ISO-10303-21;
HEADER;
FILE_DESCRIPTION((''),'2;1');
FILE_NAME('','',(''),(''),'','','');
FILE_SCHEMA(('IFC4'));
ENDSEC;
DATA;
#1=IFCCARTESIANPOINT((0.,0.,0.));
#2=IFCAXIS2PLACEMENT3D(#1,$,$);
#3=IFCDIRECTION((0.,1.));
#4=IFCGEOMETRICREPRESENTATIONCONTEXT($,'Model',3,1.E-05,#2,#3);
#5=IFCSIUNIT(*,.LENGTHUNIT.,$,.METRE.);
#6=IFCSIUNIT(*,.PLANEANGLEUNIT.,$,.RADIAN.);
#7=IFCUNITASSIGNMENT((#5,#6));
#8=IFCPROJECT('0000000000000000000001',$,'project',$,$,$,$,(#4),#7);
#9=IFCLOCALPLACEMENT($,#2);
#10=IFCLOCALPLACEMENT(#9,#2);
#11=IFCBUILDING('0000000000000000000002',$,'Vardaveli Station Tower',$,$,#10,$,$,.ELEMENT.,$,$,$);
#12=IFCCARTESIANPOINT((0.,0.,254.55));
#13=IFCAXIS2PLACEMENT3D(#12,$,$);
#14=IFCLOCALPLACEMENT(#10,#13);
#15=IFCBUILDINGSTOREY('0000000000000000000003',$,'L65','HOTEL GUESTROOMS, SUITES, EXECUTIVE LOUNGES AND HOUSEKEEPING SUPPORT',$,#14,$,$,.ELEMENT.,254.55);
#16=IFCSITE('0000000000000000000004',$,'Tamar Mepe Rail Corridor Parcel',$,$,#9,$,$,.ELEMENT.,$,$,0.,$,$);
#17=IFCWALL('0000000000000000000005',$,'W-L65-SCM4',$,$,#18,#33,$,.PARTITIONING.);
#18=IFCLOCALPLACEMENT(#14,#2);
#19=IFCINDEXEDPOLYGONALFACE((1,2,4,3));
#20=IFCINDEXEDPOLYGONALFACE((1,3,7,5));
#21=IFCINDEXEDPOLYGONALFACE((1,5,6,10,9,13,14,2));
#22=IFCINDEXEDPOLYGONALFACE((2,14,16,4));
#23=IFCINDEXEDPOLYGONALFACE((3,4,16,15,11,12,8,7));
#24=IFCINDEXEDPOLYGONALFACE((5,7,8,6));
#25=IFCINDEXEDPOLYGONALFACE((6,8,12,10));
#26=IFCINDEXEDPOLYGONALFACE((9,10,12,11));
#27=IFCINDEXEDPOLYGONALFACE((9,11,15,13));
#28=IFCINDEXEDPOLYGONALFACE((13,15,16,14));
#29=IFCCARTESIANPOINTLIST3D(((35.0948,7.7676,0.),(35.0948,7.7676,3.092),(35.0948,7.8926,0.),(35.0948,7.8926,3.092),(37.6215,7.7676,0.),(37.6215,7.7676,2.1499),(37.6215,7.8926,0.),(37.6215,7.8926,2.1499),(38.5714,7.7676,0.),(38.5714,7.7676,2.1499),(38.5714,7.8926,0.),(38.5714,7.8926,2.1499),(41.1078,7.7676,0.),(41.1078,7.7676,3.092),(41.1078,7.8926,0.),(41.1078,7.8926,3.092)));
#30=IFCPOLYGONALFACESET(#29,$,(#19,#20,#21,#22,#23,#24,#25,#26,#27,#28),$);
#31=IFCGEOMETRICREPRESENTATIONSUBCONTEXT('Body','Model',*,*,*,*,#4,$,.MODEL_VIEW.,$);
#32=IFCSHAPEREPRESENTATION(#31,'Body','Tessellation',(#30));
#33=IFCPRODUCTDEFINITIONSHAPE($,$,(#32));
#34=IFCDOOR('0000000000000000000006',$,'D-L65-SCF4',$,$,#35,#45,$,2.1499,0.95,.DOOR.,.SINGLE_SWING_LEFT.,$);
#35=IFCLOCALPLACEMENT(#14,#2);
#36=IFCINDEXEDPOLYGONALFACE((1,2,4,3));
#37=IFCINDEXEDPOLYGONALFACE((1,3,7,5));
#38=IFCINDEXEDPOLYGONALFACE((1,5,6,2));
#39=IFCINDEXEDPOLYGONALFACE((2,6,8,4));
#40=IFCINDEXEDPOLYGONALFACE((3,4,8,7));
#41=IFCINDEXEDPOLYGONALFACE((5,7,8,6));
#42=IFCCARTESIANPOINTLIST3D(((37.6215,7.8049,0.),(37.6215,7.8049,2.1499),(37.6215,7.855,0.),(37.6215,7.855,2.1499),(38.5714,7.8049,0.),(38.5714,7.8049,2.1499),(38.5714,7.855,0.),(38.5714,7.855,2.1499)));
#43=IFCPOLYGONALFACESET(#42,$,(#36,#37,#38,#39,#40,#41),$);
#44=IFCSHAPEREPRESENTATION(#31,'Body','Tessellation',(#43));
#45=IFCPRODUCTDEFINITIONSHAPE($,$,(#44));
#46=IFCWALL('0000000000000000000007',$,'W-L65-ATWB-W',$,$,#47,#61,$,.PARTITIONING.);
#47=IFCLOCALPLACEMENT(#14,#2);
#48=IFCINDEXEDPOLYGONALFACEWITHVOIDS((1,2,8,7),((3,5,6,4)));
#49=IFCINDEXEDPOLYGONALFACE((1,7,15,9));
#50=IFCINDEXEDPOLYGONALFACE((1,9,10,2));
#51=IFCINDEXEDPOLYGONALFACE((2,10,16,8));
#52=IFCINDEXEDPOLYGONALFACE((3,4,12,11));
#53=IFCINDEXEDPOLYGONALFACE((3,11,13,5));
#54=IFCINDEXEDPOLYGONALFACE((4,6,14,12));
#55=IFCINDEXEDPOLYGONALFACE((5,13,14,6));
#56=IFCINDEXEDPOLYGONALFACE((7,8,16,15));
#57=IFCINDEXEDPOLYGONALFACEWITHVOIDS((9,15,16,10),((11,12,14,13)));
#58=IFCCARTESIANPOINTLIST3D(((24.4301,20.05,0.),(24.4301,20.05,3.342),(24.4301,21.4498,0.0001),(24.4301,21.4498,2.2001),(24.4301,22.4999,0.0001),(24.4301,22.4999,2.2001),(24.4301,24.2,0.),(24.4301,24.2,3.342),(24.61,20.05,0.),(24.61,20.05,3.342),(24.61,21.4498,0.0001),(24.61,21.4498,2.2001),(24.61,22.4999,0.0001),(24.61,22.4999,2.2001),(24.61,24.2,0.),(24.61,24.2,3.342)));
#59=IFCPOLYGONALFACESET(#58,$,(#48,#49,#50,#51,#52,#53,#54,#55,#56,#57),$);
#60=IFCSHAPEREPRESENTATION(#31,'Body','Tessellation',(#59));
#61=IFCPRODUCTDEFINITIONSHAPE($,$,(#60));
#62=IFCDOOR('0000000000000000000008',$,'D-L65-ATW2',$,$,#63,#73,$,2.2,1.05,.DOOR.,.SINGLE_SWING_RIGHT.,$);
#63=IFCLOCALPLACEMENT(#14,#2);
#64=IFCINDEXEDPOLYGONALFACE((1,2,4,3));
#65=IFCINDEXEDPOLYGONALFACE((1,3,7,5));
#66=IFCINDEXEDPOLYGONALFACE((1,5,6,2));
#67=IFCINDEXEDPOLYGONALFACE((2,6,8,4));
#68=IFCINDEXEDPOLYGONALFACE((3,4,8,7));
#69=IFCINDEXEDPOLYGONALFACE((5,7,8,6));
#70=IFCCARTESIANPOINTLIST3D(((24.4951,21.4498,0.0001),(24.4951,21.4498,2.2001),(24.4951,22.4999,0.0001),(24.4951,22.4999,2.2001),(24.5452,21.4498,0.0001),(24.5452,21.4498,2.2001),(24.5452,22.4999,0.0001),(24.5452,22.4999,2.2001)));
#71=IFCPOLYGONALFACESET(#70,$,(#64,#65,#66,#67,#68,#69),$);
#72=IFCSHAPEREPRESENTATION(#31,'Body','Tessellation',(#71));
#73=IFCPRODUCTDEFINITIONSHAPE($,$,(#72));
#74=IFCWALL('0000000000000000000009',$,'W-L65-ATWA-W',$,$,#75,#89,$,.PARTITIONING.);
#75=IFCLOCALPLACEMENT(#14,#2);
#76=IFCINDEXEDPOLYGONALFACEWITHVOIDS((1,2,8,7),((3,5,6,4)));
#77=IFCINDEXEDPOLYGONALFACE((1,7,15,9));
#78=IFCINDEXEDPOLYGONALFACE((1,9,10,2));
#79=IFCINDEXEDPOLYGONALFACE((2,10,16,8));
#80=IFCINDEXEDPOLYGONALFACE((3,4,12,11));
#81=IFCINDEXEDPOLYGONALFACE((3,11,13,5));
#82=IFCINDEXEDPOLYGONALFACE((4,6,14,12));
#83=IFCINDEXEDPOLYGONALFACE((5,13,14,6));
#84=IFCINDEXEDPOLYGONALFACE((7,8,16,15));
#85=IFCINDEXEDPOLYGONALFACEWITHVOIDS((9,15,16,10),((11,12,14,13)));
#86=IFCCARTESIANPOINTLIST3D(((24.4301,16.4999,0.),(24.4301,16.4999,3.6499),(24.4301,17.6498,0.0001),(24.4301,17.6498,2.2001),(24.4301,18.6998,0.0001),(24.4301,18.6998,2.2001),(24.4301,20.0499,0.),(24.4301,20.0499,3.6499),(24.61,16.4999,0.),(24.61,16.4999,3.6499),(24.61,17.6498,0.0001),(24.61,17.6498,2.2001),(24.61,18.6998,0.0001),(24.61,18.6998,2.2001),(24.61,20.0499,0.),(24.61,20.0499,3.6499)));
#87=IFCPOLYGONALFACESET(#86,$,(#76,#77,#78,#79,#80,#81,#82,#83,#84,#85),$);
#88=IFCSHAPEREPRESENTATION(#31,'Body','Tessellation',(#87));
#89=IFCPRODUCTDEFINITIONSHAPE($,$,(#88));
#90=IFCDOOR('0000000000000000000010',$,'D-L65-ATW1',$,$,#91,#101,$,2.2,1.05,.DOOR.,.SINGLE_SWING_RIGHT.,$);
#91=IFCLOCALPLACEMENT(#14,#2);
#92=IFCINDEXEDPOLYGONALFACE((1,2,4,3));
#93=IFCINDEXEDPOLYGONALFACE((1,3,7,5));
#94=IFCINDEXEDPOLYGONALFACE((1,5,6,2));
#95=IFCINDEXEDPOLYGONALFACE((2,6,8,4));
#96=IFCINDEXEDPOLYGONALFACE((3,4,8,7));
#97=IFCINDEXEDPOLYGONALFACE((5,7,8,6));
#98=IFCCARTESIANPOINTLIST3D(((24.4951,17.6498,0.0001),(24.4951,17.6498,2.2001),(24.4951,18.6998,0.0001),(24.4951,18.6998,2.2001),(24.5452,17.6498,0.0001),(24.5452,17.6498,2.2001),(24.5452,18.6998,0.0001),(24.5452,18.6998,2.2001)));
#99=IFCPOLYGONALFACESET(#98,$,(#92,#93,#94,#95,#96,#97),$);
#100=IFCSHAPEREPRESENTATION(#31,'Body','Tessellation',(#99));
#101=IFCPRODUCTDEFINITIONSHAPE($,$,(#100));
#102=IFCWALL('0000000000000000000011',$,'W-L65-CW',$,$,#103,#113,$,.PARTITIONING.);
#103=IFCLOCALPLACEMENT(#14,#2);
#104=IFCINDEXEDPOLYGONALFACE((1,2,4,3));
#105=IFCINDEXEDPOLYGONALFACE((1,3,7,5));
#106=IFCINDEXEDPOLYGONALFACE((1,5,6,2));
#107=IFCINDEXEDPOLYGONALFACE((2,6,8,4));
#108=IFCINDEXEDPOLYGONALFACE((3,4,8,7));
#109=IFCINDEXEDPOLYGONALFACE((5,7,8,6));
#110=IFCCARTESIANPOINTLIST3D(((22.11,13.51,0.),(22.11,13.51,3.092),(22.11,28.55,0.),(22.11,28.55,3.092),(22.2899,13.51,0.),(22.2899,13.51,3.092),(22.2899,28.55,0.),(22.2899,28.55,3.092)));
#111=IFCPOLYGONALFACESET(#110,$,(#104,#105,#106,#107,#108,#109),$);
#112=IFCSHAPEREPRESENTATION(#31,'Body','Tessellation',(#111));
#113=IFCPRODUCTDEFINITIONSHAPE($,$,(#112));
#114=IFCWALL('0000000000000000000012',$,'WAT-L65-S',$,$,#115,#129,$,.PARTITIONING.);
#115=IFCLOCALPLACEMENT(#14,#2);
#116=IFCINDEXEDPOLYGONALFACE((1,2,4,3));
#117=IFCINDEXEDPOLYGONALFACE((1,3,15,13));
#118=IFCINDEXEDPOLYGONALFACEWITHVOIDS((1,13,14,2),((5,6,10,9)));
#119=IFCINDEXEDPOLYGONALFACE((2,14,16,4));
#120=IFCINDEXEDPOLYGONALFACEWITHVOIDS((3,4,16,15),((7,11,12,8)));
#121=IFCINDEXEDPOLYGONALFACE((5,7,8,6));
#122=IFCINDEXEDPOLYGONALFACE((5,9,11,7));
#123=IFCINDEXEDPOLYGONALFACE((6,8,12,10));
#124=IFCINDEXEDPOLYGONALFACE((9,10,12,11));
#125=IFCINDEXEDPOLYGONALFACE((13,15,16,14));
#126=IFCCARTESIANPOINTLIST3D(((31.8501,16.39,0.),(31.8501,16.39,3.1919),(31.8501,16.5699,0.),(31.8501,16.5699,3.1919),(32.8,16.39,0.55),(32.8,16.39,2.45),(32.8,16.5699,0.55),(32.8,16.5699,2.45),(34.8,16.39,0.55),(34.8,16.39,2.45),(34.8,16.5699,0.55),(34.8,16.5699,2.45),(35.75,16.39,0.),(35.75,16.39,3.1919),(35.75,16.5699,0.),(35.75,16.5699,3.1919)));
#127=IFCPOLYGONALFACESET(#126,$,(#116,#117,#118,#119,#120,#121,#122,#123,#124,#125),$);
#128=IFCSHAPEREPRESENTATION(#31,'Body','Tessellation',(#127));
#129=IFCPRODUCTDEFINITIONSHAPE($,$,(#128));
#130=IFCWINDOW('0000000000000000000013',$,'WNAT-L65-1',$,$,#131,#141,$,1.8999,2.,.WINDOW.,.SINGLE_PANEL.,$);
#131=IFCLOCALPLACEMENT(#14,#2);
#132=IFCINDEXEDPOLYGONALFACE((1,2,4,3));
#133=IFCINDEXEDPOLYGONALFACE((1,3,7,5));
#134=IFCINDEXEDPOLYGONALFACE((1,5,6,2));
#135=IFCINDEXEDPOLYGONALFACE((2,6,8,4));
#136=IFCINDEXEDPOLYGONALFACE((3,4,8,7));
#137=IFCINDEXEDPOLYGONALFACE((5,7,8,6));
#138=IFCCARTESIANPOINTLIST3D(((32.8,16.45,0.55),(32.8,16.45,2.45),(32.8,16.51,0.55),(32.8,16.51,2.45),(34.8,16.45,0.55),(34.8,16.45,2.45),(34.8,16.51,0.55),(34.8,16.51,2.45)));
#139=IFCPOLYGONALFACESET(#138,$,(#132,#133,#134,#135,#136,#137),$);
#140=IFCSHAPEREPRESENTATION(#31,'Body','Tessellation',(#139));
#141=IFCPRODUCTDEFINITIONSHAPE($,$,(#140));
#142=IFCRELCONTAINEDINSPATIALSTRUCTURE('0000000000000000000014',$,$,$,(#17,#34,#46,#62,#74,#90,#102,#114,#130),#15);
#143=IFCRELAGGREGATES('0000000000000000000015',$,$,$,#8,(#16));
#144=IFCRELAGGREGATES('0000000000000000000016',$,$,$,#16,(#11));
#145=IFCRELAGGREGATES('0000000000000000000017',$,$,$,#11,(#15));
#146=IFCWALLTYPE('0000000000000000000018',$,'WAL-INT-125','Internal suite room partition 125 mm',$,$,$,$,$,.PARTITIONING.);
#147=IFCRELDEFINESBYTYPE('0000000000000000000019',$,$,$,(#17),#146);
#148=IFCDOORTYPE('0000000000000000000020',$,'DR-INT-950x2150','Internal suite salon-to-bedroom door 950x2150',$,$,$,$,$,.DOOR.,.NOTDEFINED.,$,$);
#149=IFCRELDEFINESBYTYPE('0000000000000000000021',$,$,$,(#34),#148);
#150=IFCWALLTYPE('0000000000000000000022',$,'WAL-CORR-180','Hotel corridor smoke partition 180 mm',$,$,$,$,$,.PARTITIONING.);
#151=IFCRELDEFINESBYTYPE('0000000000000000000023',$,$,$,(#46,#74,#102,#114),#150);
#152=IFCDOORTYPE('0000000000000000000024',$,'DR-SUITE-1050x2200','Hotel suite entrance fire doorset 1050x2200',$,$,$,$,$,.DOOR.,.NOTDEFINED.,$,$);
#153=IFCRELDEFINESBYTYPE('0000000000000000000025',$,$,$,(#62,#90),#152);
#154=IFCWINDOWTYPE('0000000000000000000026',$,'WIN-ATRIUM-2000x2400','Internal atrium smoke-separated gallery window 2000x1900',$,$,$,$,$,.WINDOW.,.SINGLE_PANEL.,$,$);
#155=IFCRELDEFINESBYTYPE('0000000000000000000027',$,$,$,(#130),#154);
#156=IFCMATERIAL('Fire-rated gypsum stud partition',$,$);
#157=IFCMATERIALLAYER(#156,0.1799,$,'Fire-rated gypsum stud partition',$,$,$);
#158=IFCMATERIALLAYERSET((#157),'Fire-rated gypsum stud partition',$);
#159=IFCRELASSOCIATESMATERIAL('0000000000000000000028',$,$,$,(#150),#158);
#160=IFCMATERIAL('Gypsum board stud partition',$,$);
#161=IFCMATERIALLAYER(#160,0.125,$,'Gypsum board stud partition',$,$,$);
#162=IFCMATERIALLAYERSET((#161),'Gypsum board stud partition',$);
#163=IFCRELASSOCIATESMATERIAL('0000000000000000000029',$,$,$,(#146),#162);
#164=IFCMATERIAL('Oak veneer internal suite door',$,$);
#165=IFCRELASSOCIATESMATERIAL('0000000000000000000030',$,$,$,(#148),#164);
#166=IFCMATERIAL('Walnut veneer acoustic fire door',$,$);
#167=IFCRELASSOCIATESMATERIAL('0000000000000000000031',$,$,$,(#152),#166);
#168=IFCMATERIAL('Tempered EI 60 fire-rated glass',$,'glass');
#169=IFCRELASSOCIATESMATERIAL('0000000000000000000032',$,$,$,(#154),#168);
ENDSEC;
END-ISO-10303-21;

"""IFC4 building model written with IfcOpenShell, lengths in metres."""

from ifc_helpers import new_model, si_unit, direction, frame, frame_2d, origin, place, context, subcontext, project, spatial, rectangle, extrude, source, transform, mapped, material, layer, layer_set, type_object, element, fill, save


model = new_model("IFC4")

# Units and contexts
model_context = context("Model", 3, precision=1e-05, world=origin(), true_north=direction((0.0, 1.0)))
body_context = subcontext(model_context, "Body", "Model", "MODEL_VIEW")
ifc_project = project(units=[si_unit("LENGTHUNIT", "METRE"), si_unit("PLANEANGLEUNIT", "RADIAN")], contexts=[model_context])

# Site, building, storey
site_placement = place(None, origin())
site = spatial("IfcSite", under=ifc_project, at=site_placement, Name="Tamar Mepe Rail Corridor Parcel", CompositionType="ELEMENT", RefElevation=0.0)
building_placement = place(site_placement, origin())
building = spatial("IfcBuilding", under=site, at=building_placement, Name="Vardaveli Station Tower", CompositionType="ELEMENT")
storey_placement = place(building_placement, frame((0.0, 0.0, 254.55)))
storey = spatial("IfcBuildingStorey", under=building, at=storey_placement, Name="L65", Description="HOTEL GUESTROOMS, SUITES, EXECUTIVE LOUNGES AND HOUSEKEEPING SUPPORT", CompositionType="ELEMENT", Elevation=254.55)

# Shared definitions
ifc_material_1 = material(Name="Fire-rated gypsum stud partition")
ifc_layer_1 = layer(ifc_material_1, 0.1799, Name="Fire-rated gypsum stud partition")
ifc_layer_set_1 = layer_set([ifc_layer_1], Name="Fire-rated gypsum stud partition")
wall_type_1 = type_object("IfcWallType", Name="WAL-CORR-180", Description="Hotel corridor smoke partition 180 mm", PredefinedType="PARTITIONING", material=ifc_layer_set_1)

# Walls, openings, doors
ifc_material_2 = material(Name="Gypsum board stud partition")
ifc_layer_2 = layer(ifc_material_2, 0.125, Name="Gypsum board stud partition")
ifc_layer_set_2 = layer_set([ifc_layer_2], Name="Gypsum board stud partition")
wall_type_2 = type_object("IfcWallType", Name="WAL-INT-125", Description="Internal suite room partition 125 mm", PredefinedType="PARTITIONING", material=ifc_layer_set_2)
shared_shape_1 = source(origin(), body_context, "Body", "SweptSolid", [
    extrude(rectangle(XDim=6.0129, YDim=0.125, at=frame_2d((3.0063, 0.0))), origin(), (0.0, 0.0, 1.0), 3.092),
])
wall_1_placement = place(storey_placement, frame((35.095, 7.8301, 0.0), z_axis=(0.0, 0.0, 1.0), x_axis=(1.0, 0.0, 0.0)))
wall_1 = element("IfcWall", 1, at=wall_1_placement, inside=storey, type_object=wall_type_2, Name="W-L65-SCM4", PredefinedType="PARTITIONING", context=body_context, shape_type="MappedRepresentation", body=[
    mapped(shared_shape_1, transform((0.0, 0.0, 0.0), scale=1.0)),
])
shared_shape_2 = source(origin(), body_context, "Body", "SweptSolid", [
    extrude(rectangle(XDim=0.95, YDim=2.1499, at=frame_2d((0.4751, 1.075))), frame((0.0, 0.0725, 0.0), z_axis=(0.0, -1.0, 0.0), x_axis=(1.0, 0.0, 0.0)), (0.0, 0.0, 1.0), 0.145),
])
opening_1_placement = place(wall_1_placement, frame((2.5264, 0.0, 0.0)))
opening_1 = element("IfcOpeningElement", 2, at=opening_1_placement, cuts=wall_1, PredefinedType="OPENING", context=body_context, shape_type="MappedRepresentation", body=[
    mapped(shared_shape_2, transform((0.0, 0.0, 0.0), scale=1.0)),
])
ifc_material_3 = material(Name="Oak veneer internal suite door")
door_type_1 = type_object("IfcDoorType", Name="DR-INT-950x2150", Description="Internal suite salon-to-bedroom door 950x2150", OperationType="NOTDEFINED", PredefinedType="DOOR", material=ifc_material_3)
shared_shape_3 = source(origin(), body_context, "Body", "SweptSolid", [
    extrude(rectangle(XDim=0.95, YDim=2.1499, at=frame_2d((0.4751, 1.075))), frame((0.0, 0.0249, 0.0), z_axis=(0.0, -1.0, 0.0), x_axis=(1.0, 0.0, 0.0)), (0.0, 0.0, 1.0), 0.05),
])
door_1_placement = place(opening_1_placement, origin())
door_1 = element("IfcDoor", 3, at=door_1_placement, inside=storey, type_object=door_type_1, Name="D-L65-SCF4", OperationType="SINGLE_SWING_LEFT", OverallHeight=2.1499, OverallWidth=0.95, PredefinedType="DOOR", context=body_context, shape_type="MappedRepresentation", body=[
    mapped(shared_shape_3, transform((0.0, 0.0, 0.0), scale=1.0)),
])
fill(opening_1, door_1)
shared_shape_4 = source(origin(), body_context, "Body", "SweptSolid", [
    extrude(rectangle(XDim=4.1499, YDim=0.1799, at=frame_2d((2.075, 0.0))), origin(), (0.0, 0.0, 1.0), 3.342),
])
wall_2_placement = place(storey_placement, frame((24.52, 20.05, 0.0), z_axis=(0.0, 0.0, 1.0), x_axis=(0.0, 1.0, 0.0)))
wall_2 = element("IfcWall", 4, at=wall_2_placement, inside=storey, type_object=wall_type_1, Name="W-L65-ATWB-W", PredefinedType="PARTITIONING", context=body_context, shape_type="MappedRepresentation", body=[
    mapped(shared_shape_4, transform((0.0, 0.0, 0.0), scale=1.0)),
])
shared_shape_5 = source(origin(), body_context, "Body", "SweptSolid", [
    extrude(rectangle(XDim=1.05, YDim=2.2, at=frame_2d((0.5249, 1.1001))), frame((0.0, 0.1001, 0.0), z_axis=(0.0, -1.0, 0.0), x_axis=(1.0, 0.0, 0.0)), (0.0, 0.0, 1.0), 0.2),
])
opening_2_placement = place(wall_2_placement, frame((1.3999, 0.0, 0.0)))
opening_2 = element("IfcOpeningElement", 5, at=opening_2_placement, cuts=wall_2, PredefinedType="OPENING", context=body_context, shape_type="MappedRepresentation", body=[
    mapped(shared_shape_5, transform((0.0, 0.0, 0.0), scale=1.0)),
])
ifc_material_4 = material(Name="Walnut veneer acoustic fire door")
door_type_2 = type_object("IfcDoorType", Name="DR-SUITE-1050x2200", Description="Hotel suite entrance fire doorset 1050x2200", OperationType="NOTDEFINED", PredefinedType="DOOR", material=ifc_material_4)
shared_shape_6 = source(origin(), body_context, "Body", "SweptSolid", [
    extrude(rectangle(XDim=1.05, YDim=2.2, at=frame_2d((0.5249, 1.1001))), frame((0.0, 0.0249, 0.0), z_axis=(0.0, -1.0, 0.0), x_axis=(1.0, 0.0, 0.0)), (0.0, 0.0, 1.0), 0.05),
])
door_2_placement = place(opening_2_placement, origin())
door_2 = element("IfcDoor", 6, at=door_2_placement, inside=storey, type_object=door_type_2, Name="D-L65-ATW2", OperationType="SINGLE_SWING_RIGHT", OverallHeight=2.2, OverallWidth=1.05, PredefinedType="DOOR", context=body_context, shape_type="MappedRepresentation", body=[
    mapped(shared_shape_6, transform((0.0, 0.0, 0.0), scale=1.0)),
])
fill(opening_2, door_2)
shared_shape_7 = source(origin(), body_context, "Body", "SweptSolid", [
    extrude(rectangle(XDim=3.55, YDim=0.1799, at=frame_2d((1.7749, 0.0))), origin(), (0.0, 0.0, 1.0), 3.6499),
])
wall_3_placement = place(storey_placement, frame((24.52, 16.5, 0.0), z_axis=(0.0, 0.0, 1.0), x_axis=(0.0, 1.0, 0.0)))
wall_3 = element("IfcWall", 7, at=wall_3_placement, inside=storey, type_object=wall_type_1, Name="W-L65-ATWA-W", PredefinedType="PARTITIONING", context=body_context, shape_type="MappedRepresentation", body=[
    mapped(shared_shape_7, transform((0.0, 0.0, 0.0), scale=1.0)),
])
opening_3_placement = place(wall_3_placement, frame((1.1499, 0.0, 0.0)))
opening_3 = element("IfcOpeningElement", 8, at=opening_3_placement, cuts=wall_3, PredefinedType="OPENING", context=body_context, shape_type="MappedRepresentation", body=[
    mapped(shared_shape_5, transform((0.0, 0.0, 0.0), scale=1.0)),
])
door_3_placement = place(opening_3_placement, origin())
door_3 = element("IfcDoor", 9, at=door_3_placement, inside=storey, type_object=door_type_2, Name="D-L65-ATW1", OperationType="SINGLE_SWING_RIGHT", OverallHeight=2.2, OverallWidth=1.05, PredefinedType="DOOR", context=body_context, shape_type="MappedRepresentation", body=[
    mapped(shared_shape_6, transform((0.0, 0.0, 0.0), scale=1.0)),
])
fill(opening_3, door_3)

# Wall
shared_shape_8 = source(origin(), body_context, "Body", "SweptSolid", [
    extrude(rectangle(XDim=15.04, YDim=0.1799, at=frame_2d((7.52, 0.0))), origin(), (0.0, 0.0, 1.0), 3.092),
])
wall_4_placement = place(storey_placement, frame((22.2, 13.51, 0.0), z_axis=(0.0, 0.0, 1.0), x_axis=(0.0, 1.0, 0.0)))
element("IfcWall", 10, at=wall_4_placement, inside=storey, type_object=wall_type_1, Name="W-L65-CW", PredefinedType="PARTITIONING", context=body_context, shape_type="MappedRepresentation", body=[
    mapped(shared_shape_8, transform((0.0, 0.0, 0.0), scale=1.0)),
])

# Wall, opening, window
shared_shape_9 = source(origin(), body_context, "Body", "SweptSolid", [
    extrude(rectangle(XDim=3.8999, YDim=0.1799, at=frame_2d((1.95, 0.0))), origin(), (0.0, 0.0, 1.0), 3.1919),
])
wall_5_placement = place(storey_placement, frame((31.8501, 16.48, 0.0), z_axis=(0.0, 0.0, 1.0), x_axis=(1.0, 0.0, 0.0)))
wall_5 = element("IfcWall", 11, at=wall_5_placement, inside=storey, type_object=wall_type_1, Name="WAT-L65-S", PredefinedType="PARTITIONING", context=body_context, shape_type="MappedRepresentation", body=[
    mapped(shared_shape_9, transform((0.0, 0.0, 0.0), scale=1.0)),
])
shared_shape_10 = source(origin(), body_context, "Body", "SweptSolid", [
    extrude(rectangle(XDim=2.0, YDim=1.8999, at=frame_2d((1.0, 0.95))), frame((0.0, 0.1001, 0.0), z_axis=(0.0, -1.0, 0.0), x_axis=(1.0, 0.0, 0.0)), (0.0, 0.0, 1.0), 0.2),
])
opening_4_placement = place(wall_5_placement, frame((0.95, 0.0, 0.55)))
opening_4 = element("IfcOpeningElement", 12, at=opening_4_placement, cuts=wall_5, PredefinedType="OPENING", context=body_context, shape_type="MappedRepresentation", body=[
    mapped(shared_shape_10, transform((0.0, 0.0, 0.0), scale=1.0)),
])
ifc_material_5 = material(Name="Tempered EI 60 fire-rated glass", Category="glass")
window_type = type_object("IfcWindowType", Name="WIN-ATRIUM-2000x2400", Description="Internal atrium smoke-separated gallery window 2000x1900", PartitioningType="SINGLE_PANEL", PredefinedType="WINDOW", material=ifc_material_5)
shared_shape_11 = source(origin(), body_context, "Body", "SweptSolid", [
    extrude(rectangle(XDim=2.0, YDim=1.8999, at=frame_2d((1.0, 0.95))), frame((0.0, 0.03, 0.0), z_axis=(0.0, -1.0, 0.0), x_axis=(1.0, 0.0, 0.0)), (0.0, 0.0, 1.0), 0.0601),
])
window_placement = place(opening_4_placement, origin())
window = element("IfcWindow", 13, at=window_placement, inside=storey, type_object=window_type, Name="WNAT-L65-1", OverallHeight=1.8999, OverallWidth=2.0, PartitioningType="SINGLE_PANEL", PredefinedType="WINDOW", context=body_context, shape_type="MappedRepresentation", body=[
    mapped(shared_shape_11, transform((0.0, 0.0, 0.0), scale=1.0)),
])
fill(opening_4, window)

save(model, "model.ifc")
